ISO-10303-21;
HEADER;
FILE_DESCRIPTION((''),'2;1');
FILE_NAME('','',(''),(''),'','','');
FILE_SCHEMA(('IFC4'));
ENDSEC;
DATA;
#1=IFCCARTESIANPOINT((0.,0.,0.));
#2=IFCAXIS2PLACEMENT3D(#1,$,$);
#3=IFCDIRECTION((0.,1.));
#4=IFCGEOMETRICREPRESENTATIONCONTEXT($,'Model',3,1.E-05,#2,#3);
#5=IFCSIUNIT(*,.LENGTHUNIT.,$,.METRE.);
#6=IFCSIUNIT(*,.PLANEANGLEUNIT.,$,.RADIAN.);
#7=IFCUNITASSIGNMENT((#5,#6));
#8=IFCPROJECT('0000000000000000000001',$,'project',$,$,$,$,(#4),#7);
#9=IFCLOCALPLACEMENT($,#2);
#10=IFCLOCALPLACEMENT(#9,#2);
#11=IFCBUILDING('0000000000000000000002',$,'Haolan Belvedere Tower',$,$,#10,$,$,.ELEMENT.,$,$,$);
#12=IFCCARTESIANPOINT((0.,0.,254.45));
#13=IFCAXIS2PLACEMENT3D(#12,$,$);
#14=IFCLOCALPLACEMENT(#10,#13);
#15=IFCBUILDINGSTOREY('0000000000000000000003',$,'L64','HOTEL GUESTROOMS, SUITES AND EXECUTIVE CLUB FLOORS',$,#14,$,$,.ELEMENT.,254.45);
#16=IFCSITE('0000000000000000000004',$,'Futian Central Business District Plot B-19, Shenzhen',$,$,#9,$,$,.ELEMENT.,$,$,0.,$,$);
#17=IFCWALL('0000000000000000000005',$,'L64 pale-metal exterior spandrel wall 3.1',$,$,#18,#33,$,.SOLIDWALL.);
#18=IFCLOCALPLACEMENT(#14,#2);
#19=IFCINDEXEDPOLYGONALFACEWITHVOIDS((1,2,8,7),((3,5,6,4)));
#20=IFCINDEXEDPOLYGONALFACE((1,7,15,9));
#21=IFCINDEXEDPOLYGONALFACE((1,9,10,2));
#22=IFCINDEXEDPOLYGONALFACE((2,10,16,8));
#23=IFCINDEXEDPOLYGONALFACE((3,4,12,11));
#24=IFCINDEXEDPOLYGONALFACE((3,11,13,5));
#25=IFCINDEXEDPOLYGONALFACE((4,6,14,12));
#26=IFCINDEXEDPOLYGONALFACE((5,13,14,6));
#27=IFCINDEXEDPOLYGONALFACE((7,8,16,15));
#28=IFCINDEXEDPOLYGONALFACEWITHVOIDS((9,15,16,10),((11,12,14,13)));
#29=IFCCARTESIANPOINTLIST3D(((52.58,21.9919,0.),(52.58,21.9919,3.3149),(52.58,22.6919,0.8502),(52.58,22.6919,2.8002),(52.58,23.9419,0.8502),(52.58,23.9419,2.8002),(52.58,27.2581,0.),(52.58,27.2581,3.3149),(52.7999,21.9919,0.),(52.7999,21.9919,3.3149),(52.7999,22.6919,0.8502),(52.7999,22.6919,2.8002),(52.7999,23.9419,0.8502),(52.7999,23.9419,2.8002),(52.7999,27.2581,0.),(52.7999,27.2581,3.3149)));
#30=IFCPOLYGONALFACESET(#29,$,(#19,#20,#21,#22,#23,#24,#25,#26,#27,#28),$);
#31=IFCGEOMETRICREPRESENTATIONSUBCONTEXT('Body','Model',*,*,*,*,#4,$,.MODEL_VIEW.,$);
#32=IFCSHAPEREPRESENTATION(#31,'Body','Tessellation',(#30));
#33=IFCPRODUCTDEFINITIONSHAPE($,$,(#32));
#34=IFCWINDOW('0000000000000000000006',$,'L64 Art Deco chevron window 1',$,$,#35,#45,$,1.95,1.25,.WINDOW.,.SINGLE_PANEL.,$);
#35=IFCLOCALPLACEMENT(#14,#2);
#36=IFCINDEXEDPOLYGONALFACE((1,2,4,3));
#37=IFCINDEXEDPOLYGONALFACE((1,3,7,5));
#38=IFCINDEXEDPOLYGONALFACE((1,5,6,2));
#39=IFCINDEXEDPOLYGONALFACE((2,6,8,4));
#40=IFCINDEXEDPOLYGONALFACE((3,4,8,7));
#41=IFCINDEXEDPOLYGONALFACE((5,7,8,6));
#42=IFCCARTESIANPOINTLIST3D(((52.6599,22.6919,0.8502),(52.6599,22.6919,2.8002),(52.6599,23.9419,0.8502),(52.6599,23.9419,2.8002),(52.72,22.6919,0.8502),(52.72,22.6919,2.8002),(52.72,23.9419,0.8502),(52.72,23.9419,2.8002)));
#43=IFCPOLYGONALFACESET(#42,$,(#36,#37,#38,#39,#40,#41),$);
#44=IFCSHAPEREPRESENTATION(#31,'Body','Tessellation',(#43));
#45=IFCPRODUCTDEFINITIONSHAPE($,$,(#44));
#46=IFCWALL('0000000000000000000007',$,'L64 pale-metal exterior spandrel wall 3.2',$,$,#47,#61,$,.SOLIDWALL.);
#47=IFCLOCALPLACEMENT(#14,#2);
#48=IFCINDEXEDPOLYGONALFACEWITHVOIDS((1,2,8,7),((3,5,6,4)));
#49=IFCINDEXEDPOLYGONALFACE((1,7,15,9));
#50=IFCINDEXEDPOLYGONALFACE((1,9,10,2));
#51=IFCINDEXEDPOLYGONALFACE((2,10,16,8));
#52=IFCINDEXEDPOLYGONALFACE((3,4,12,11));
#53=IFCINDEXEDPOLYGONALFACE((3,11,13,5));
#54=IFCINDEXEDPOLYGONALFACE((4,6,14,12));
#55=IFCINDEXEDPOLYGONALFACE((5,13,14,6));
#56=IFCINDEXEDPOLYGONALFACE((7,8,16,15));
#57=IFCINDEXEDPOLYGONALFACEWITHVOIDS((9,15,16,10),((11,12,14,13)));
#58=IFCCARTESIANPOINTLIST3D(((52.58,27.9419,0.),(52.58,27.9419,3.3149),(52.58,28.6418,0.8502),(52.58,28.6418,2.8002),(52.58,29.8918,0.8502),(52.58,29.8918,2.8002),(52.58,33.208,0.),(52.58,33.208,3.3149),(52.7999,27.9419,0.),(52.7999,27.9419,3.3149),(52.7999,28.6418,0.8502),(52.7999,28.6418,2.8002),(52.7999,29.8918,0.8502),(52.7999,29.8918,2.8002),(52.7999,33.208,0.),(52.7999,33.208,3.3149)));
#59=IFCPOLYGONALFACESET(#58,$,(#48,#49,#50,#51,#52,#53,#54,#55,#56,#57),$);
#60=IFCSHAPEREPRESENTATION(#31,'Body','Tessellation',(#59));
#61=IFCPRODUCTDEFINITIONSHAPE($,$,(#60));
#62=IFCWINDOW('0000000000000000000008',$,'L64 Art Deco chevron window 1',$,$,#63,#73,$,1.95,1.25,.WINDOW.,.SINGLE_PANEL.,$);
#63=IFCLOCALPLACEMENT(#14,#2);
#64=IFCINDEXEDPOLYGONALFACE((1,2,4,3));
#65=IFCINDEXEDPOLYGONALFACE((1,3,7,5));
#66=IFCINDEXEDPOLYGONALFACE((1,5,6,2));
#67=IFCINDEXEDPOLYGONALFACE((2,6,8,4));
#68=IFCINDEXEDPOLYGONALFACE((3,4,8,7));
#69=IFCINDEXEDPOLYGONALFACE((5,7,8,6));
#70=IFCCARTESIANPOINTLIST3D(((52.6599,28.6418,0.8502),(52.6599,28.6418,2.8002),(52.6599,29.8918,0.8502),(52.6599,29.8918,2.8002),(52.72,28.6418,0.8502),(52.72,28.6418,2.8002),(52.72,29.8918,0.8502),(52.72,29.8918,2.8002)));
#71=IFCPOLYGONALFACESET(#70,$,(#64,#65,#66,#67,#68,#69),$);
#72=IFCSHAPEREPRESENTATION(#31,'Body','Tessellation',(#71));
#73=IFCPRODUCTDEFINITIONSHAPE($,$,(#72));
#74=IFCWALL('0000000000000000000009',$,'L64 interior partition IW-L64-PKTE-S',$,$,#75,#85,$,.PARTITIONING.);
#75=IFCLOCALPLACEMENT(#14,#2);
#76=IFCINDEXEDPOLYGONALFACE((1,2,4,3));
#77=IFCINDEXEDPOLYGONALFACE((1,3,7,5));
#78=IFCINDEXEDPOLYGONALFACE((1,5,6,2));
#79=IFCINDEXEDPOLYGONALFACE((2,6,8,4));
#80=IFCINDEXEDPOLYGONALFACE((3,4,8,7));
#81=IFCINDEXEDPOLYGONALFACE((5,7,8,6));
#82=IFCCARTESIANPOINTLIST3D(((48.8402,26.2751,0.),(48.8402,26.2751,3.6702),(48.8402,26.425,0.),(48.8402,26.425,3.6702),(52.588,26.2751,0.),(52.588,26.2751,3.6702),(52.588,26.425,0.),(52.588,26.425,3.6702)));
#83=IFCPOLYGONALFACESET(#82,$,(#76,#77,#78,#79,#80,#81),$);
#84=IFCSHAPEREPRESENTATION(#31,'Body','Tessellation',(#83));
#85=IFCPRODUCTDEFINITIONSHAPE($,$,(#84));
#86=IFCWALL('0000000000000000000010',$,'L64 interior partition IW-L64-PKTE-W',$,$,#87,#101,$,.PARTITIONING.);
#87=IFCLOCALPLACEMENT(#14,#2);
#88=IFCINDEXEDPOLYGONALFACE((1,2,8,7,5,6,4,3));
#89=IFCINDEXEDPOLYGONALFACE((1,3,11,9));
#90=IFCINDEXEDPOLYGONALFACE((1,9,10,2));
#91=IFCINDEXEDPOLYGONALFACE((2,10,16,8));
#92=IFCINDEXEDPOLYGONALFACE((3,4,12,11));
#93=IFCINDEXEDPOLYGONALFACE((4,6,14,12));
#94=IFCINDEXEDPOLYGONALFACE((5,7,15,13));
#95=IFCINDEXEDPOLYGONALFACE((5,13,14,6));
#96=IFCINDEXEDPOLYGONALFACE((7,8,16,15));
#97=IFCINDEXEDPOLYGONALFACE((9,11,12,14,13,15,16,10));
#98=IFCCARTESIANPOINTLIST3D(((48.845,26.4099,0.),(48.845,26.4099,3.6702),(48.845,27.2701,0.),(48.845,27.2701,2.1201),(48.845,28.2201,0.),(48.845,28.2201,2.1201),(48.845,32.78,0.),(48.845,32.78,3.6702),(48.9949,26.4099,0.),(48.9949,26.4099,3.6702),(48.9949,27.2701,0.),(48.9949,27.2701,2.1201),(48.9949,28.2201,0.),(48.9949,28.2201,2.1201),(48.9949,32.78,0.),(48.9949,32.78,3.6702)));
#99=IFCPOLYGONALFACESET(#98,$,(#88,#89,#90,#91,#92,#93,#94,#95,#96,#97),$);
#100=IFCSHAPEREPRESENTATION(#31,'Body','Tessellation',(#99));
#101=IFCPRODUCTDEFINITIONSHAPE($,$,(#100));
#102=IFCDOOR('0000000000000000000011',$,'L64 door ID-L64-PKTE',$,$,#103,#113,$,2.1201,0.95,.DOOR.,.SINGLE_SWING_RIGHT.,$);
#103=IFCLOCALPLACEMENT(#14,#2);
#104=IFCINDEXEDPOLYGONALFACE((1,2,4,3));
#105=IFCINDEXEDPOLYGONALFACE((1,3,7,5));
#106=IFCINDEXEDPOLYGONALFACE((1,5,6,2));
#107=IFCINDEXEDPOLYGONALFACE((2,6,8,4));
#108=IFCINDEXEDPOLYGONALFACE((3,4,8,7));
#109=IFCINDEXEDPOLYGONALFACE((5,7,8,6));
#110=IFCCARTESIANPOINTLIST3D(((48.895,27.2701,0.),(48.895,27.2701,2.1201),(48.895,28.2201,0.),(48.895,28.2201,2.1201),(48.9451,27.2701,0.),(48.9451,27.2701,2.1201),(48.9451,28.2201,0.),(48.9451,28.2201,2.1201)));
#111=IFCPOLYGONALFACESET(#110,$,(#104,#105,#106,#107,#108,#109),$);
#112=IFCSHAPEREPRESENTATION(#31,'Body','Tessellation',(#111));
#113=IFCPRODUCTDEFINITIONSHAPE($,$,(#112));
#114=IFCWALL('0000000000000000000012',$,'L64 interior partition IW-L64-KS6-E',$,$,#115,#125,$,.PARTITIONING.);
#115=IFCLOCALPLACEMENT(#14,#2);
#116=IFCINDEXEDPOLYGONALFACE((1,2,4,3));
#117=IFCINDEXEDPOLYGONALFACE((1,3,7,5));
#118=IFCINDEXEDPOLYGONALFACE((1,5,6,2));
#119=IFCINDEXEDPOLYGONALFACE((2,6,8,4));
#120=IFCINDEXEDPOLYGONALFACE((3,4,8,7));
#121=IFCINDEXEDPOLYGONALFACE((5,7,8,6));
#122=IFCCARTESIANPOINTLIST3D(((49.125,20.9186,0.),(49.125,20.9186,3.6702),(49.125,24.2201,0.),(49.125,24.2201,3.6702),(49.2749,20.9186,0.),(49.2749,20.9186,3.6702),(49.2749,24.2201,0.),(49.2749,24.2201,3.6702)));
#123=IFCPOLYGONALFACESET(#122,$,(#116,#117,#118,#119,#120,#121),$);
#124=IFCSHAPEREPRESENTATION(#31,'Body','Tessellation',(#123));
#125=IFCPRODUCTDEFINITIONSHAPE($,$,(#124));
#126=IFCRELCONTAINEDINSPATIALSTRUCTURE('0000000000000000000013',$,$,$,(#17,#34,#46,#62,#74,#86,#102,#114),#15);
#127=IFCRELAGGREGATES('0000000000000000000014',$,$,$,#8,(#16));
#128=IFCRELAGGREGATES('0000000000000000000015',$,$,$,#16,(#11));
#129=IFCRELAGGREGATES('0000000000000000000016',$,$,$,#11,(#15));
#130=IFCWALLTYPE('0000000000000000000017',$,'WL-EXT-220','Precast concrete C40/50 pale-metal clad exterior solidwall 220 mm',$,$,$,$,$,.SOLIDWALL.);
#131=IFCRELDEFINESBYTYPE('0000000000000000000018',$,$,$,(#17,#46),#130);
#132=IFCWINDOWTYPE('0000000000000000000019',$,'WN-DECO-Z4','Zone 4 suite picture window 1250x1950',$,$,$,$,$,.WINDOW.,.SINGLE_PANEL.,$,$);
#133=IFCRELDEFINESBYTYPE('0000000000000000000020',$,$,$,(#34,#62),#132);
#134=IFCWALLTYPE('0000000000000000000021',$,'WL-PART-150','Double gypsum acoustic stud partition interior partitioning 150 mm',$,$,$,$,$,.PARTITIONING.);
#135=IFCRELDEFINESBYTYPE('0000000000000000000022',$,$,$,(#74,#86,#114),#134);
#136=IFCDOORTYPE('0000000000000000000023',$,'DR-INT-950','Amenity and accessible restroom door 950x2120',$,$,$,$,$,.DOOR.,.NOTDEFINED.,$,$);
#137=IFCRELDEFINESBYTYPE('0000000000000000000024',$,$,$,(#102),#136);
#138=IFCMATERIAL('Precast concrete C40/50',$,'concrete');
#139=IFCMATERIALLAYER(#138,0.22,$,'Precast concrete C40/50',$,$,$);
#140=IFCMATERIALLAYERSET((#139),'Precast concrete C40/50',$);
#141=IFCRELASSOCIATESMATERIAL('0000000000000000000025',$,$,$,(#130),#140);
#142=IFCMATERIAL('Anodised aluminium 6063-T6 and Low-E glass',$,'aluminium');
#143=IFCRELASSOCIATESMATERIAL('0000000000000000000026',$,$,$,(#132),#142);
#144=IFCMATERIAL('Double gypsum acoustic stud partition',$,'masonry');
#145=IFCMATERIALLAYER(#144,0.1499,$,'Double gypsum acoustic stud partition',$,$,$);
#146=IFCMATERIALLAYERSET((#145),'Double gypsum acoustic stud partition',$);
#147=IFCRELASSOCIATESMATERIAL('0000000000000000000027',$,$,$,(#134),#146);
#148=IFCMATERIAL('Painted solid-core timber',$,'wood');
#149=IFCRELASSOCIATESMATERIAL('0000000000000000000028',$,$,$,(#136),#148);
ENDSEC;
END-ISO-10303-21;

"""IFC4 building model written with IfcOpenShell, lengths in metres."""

from ifc_helpers import new_model, si_unit, direction, frame, frame_2d, origin, place, context, subcontext, project, spatial, rectangle, extrude, material, layer, layer_set, type_object, element, fill, save


model = new_model("IFC4")

# Units and contexts
model_context = context("Model", 3, precision=1e-05, world=origin(), true_north=direction((0.0, 1.0)))
body_context = subcontext(model_context, "Body", "Model", "MODEL_VIEW")
ifc_project = project(units=[si_unit("LENGTHUNIT", "METRE"), si_unit("PLANEANGLEUNIT", "RADIAN")], contexts=[model_context])

# Site, building, storey
site_placement = place(None, origin())
site = spatial("IfcSite", under=ifc_project, at=site_placement, Name="Futian Central Business District Plot B-19, Shenzhen", CompositionType="ELEMENT", RefElevation=0.0)
building_placement = place(site_placement, origin())
building = spatial("IfcBuilding", under=site, at=building_placement, Name="Haolan Belvedere Tower", CompositionType="ELEMENT")
storey_placement = place(building_placement, frame((0.0, 0.0, 254.45)))
storey = spatial("IfcBuildingStorey", under=building, at=storey_placement, Name="L64", Description="HOTEL GUESTROOMS, SUITES AND EXECUTIVE CLUB FLOORS", CompositionType="ELEMENT", Elevation=254.45)

# Walls, openings, windows
ifc_material_1 = material(Name="Precast concrete C40/50", Category="concrete")
ifc_layer_1 = layer(ifc_material_1, 0.22, Name="Precast concrete C40/50")
ifc_layer_set_1 = layer_set([ifc_layer_1], Name="Precast concrete C40/50")
wall_type_1 = type_object("IfcWallType", Name="WL-EXT-220", Description="Precast concrete C40/50 pale-metal clad exterior solidwall 220 mm", PredefinedType="SOLIDWALL", material=ifc_layer_set_1)
ifc_material_2 = material(Name="Anodised aluminium 6063-T6 and Low-E glass", Category="aluminium")
window_type = type_object("IfcWindowType", Name="WN-DECO-Z4", Description="Zone 4 suite picture window 1250x1950", PartitioningType="SINGLE_PANEL", PredefinedType="WINDOW", material=ifc_material_2)
wall_1_placement = place(storey_placement, frame((52.6899, 21.9919, 0.0), z_axis=(0.0, 0.0, 1.0), x_axis=(0.0, 1.0, 0.0)))
wall_1 = element("IfcWall", 1, at=wall_1_placement, inside=storey, type_object=wall_type_1, Name="L64 pale-metal exterior spandrel wall 3.1", PredefinedType="SOLIDWALL", context=body_context, shape_type="SweptSolid", body=[
    extrude(rectangle(XDim=5.2661, YDim=0.22, at=frame_2d((2.6331, 0.0))), origin(), (0.0, 0.0, 1.0), 3.3149),
])
opening_1_placement = place(wall_1_placement, frame((0.7, 0.0, 0.8501)))
opening_1 = element("IfcOpeningElement", 2, at=opening_1_placement, cuts=wall_1, PredefinedType="OPENING", context=body_context, shape_type="SweptSolid", body=[
    extrude(rectangle(XDim=1.25, YDim=1.95, at=frame_2d((0.625, 0.9751))), frame((0.0, 0.1199, 0.0), z_axis=(0.0, -1.0, 0.0), x_axis=(1.0, 0.0, 0.0)), (0.0, 0.0, 1.0), 0.24),
])
window_1_placement = place(opening_1_placement, origin())
window_1 = element("IfcWindow", 3, at=window_1_placement, inside=storey, type_object=window_type, Name="L64 Art Deco chevron window 1", OverallHeight=1.95, OverallWidth=1.25, PartitioningType="SINGLE_PANEL", PredefinedType="WINDOW", context=body_context, shape_type="SweptSolid", body=[
    extrude(rectangle(XDim=1.25, YDim=1.95, at=frame_2d((0.625, 0.9751))), frame((0.0, 0.03, 0.0), z_axis=(0.0, -1.0, 0.0), x_axis=(1.0, 0.0, 0.0)), (0.0, 0.0, 1.0), 0.0601),
])
fill(opening_1, window_1)
wall_2_placement = place(storey_placement, frame((52.6899, 27.9419, 0.0), z_axis=(0.0, 0.0, 1.0), x_axis=(0.0, 1.0, 0.0)))
wall_2 = element("IfcWall", 4, at=wall_2_placement, inside=storey, type_object=wall_type_1, Name="L64 pale-metal exterior spandrel wall 3.2", PredefinedType="SOLIDWALL", context=body_context, shape_type="SweptSolid", body=[
    extrude(rectangle(XDim=5.2661, YDim=0.22, at=frame_2d((2.6331, 0.0))), origin(), (0.0, 0.0, 1.0), 3.3149),
])
opening_2_placement = place(wall_2_placement, frame((0.7, 0.0, 0.8501)))
opening_2 = element("IfcOpeningElement", 5, at=opening_2_placement, cuts=wall_2, PredefinedType="OPENING", context=body_context, shape_type="SweptSolid", body=[
    extrude(rectangle(XDim=1.25, YDim=1.95, at=frame_2d((0.625, 0.9751))), frame((0.0, 0.1199, 0.0), z_axis=(0.0, -1.0, 0.0), x_axis=(1.0, 0.0, 0.0)), (0.0, 0.0, 1.0), 0.24),
])
window_2_placement = place(opening_2_placement, origin())
window_2 = element("IfcWindow", 6, at=window_2_placement, inside=storey, type_object=window_type, Name="L64 Art Deco chevron window 1", OverallHeight=1.95, OverallWidth=1.25, PartitioningType="SINGLE_PANEL", PredefinedType="WINDOW", context=body_context, shape_type="SweptSolid", body=[
    extrude(rectangle(XDim=1.25, YDim=1.95, at=frame_2d((0.625, 0.9751))), frame((0.0, 0.03, 0.0), z_axis=(0.0, -1.0, 0.0), x_axis=(1.0, 0.0, 0.0)), (0.0, 0.0, 1.0), 0.0601),
])
fill(opening_2, window_2)

# Wall
ifc_material_3 = material(Name="Double gypsum acoustic stud partition", Category="masonry")
ifc_layer_2 = layer(ifc_material_3, 0.1499, Name="Double gypsum acoustic stud partition")
ifc_layer_set_2 = layer_set([ifc_layer_2], Name="Double gypsum acoustic stud partition")
wall_type_2 = type_object("IfcWallType", Name="WL-PART-150", Description="Double gypsum acoustic stud partition interior partitioning 150 mm", PredefinedType="PARTITIONING", material=ifc_layer_set_2)
wall_3_placement = place(storey_placement, frame((48.8401, 26.3501, 0.0), z_axis=(0.0, 0.0, 1.0), x_axis=(1.0, 0.0, 0.0)))
element("IfcWall", 7, at=wall_3_placement, inside=storey, type_object=wall_type_2, Name="L64 interior partition IW-L64-PKTE-S", PredefinedType="PARTITIONING", context=body_context, shape_type="SweptSolid", body=[
    extrude(rectangle(XDim=3.7478, YDim=0.1499, at=frame_2d((1.874, 0.0))), origin(), (0.0, 0.0, 1.0), 3.6702),
])

# Wall, opening, door
wall_4_placement = place(storey_placement, frame((48.9199, 26.4099, 0.0), z_axis=(0.0, 0.0, 1.0), x_axis=(0.0, 1.0, 0.0)))
wall_4 = element("IfcWall", 8, at=wall_4_placement, inside=storey, type_object=wall_type_2, Name="L64 interior partition IW-L64-PKTE-W", PredefinedType="PARTITIONING", context=body_context, shape_type="SweptSolid", body=[
    extrude(rectangle(XDim=6.3701, YDim=0.1499, at=frame_2d((3.1851, 0.0))), origin(), (0.0, 0.0, 1.0), 3.6702),
])
opening_3_placement = place(wall_4_placement, frame((0.8601, 0.0, 0.0)))
opening_3 = element("IfcOpeningElement", 9, at=opening_3_placement, cuts=wall_4, PredefinedType="OPENING", context=body_context, shape_type="SweptSolid", body=[
    extrude(rectangle(XDim=0.95, YDim=2.1201, at=frame_2d((0.4751, 1.0601))), frame((0.0, 0.085, 0.0), z_axis=(0.0, -1.0, 0.0), x_axis=(1.0, 0.0, 0.0)), (0.0, 0.0, 1.0), 0.1699),
])
ifc_material_4 = material(Name="Painted solid-core timber", Category="wood")
door_type = type_object("IfcDoorType", Name="DR-INT-950", Description="Amenity and accessible restroom door 950x2120", OperationType="NOTDEFINED", PredefinedType="DOOR", material=ifc_material_4)
door_1_placement = place(opening_3_placement, origin())
door_1 = element("IfcDoor", 10, at=door_1_placement, inside=storey, type_object=door_type, Name="L64 door ID-L64-PKTE", OperationType="SINGLE_SWING_RIGHT", OverallHeight=2.1201, OverallWidth=0.95, PredefinedType="DOOR", context=body_context, shape_type="SweptSolid", body=[
    extrude(rectangle(XDim=0.95, YDim=2.1201, at=frame_2d((0.4751, 1.0601))), frame((0.0, 0.0249, 0.0), z_axis=(0.0, -1.0, 0.0), x_axis=(1.0, 0.0, 0.0)), (0.0, 0.0, 1.0), 0.05),
])
fill(opening_3, door_1)

# Wall
wall_5_placement = place(storey_placement, frame((49.2, 20.9185, 0.0), z_axis=(0.0, 0.0, 1.0), x_axis=(0.0, 1.0, 0.0)))
element("IfcWall", 11, at=wall_5_placement, inside=storey, type_object=wall_type_2, Name="L64 interior partition IW-L64-KS6-E", PredefinedType="PARTITIONING", context=body_context, shape_type="SweptSolid", body=[
    extrude(rectangle(XDim=3.3015, YDim=0.1499, at=frame_2d((1.6509, 0.0))), origin(), (0.0, 0.0, 1.0), 3.6702),
])

save(model, "model.ifc")
